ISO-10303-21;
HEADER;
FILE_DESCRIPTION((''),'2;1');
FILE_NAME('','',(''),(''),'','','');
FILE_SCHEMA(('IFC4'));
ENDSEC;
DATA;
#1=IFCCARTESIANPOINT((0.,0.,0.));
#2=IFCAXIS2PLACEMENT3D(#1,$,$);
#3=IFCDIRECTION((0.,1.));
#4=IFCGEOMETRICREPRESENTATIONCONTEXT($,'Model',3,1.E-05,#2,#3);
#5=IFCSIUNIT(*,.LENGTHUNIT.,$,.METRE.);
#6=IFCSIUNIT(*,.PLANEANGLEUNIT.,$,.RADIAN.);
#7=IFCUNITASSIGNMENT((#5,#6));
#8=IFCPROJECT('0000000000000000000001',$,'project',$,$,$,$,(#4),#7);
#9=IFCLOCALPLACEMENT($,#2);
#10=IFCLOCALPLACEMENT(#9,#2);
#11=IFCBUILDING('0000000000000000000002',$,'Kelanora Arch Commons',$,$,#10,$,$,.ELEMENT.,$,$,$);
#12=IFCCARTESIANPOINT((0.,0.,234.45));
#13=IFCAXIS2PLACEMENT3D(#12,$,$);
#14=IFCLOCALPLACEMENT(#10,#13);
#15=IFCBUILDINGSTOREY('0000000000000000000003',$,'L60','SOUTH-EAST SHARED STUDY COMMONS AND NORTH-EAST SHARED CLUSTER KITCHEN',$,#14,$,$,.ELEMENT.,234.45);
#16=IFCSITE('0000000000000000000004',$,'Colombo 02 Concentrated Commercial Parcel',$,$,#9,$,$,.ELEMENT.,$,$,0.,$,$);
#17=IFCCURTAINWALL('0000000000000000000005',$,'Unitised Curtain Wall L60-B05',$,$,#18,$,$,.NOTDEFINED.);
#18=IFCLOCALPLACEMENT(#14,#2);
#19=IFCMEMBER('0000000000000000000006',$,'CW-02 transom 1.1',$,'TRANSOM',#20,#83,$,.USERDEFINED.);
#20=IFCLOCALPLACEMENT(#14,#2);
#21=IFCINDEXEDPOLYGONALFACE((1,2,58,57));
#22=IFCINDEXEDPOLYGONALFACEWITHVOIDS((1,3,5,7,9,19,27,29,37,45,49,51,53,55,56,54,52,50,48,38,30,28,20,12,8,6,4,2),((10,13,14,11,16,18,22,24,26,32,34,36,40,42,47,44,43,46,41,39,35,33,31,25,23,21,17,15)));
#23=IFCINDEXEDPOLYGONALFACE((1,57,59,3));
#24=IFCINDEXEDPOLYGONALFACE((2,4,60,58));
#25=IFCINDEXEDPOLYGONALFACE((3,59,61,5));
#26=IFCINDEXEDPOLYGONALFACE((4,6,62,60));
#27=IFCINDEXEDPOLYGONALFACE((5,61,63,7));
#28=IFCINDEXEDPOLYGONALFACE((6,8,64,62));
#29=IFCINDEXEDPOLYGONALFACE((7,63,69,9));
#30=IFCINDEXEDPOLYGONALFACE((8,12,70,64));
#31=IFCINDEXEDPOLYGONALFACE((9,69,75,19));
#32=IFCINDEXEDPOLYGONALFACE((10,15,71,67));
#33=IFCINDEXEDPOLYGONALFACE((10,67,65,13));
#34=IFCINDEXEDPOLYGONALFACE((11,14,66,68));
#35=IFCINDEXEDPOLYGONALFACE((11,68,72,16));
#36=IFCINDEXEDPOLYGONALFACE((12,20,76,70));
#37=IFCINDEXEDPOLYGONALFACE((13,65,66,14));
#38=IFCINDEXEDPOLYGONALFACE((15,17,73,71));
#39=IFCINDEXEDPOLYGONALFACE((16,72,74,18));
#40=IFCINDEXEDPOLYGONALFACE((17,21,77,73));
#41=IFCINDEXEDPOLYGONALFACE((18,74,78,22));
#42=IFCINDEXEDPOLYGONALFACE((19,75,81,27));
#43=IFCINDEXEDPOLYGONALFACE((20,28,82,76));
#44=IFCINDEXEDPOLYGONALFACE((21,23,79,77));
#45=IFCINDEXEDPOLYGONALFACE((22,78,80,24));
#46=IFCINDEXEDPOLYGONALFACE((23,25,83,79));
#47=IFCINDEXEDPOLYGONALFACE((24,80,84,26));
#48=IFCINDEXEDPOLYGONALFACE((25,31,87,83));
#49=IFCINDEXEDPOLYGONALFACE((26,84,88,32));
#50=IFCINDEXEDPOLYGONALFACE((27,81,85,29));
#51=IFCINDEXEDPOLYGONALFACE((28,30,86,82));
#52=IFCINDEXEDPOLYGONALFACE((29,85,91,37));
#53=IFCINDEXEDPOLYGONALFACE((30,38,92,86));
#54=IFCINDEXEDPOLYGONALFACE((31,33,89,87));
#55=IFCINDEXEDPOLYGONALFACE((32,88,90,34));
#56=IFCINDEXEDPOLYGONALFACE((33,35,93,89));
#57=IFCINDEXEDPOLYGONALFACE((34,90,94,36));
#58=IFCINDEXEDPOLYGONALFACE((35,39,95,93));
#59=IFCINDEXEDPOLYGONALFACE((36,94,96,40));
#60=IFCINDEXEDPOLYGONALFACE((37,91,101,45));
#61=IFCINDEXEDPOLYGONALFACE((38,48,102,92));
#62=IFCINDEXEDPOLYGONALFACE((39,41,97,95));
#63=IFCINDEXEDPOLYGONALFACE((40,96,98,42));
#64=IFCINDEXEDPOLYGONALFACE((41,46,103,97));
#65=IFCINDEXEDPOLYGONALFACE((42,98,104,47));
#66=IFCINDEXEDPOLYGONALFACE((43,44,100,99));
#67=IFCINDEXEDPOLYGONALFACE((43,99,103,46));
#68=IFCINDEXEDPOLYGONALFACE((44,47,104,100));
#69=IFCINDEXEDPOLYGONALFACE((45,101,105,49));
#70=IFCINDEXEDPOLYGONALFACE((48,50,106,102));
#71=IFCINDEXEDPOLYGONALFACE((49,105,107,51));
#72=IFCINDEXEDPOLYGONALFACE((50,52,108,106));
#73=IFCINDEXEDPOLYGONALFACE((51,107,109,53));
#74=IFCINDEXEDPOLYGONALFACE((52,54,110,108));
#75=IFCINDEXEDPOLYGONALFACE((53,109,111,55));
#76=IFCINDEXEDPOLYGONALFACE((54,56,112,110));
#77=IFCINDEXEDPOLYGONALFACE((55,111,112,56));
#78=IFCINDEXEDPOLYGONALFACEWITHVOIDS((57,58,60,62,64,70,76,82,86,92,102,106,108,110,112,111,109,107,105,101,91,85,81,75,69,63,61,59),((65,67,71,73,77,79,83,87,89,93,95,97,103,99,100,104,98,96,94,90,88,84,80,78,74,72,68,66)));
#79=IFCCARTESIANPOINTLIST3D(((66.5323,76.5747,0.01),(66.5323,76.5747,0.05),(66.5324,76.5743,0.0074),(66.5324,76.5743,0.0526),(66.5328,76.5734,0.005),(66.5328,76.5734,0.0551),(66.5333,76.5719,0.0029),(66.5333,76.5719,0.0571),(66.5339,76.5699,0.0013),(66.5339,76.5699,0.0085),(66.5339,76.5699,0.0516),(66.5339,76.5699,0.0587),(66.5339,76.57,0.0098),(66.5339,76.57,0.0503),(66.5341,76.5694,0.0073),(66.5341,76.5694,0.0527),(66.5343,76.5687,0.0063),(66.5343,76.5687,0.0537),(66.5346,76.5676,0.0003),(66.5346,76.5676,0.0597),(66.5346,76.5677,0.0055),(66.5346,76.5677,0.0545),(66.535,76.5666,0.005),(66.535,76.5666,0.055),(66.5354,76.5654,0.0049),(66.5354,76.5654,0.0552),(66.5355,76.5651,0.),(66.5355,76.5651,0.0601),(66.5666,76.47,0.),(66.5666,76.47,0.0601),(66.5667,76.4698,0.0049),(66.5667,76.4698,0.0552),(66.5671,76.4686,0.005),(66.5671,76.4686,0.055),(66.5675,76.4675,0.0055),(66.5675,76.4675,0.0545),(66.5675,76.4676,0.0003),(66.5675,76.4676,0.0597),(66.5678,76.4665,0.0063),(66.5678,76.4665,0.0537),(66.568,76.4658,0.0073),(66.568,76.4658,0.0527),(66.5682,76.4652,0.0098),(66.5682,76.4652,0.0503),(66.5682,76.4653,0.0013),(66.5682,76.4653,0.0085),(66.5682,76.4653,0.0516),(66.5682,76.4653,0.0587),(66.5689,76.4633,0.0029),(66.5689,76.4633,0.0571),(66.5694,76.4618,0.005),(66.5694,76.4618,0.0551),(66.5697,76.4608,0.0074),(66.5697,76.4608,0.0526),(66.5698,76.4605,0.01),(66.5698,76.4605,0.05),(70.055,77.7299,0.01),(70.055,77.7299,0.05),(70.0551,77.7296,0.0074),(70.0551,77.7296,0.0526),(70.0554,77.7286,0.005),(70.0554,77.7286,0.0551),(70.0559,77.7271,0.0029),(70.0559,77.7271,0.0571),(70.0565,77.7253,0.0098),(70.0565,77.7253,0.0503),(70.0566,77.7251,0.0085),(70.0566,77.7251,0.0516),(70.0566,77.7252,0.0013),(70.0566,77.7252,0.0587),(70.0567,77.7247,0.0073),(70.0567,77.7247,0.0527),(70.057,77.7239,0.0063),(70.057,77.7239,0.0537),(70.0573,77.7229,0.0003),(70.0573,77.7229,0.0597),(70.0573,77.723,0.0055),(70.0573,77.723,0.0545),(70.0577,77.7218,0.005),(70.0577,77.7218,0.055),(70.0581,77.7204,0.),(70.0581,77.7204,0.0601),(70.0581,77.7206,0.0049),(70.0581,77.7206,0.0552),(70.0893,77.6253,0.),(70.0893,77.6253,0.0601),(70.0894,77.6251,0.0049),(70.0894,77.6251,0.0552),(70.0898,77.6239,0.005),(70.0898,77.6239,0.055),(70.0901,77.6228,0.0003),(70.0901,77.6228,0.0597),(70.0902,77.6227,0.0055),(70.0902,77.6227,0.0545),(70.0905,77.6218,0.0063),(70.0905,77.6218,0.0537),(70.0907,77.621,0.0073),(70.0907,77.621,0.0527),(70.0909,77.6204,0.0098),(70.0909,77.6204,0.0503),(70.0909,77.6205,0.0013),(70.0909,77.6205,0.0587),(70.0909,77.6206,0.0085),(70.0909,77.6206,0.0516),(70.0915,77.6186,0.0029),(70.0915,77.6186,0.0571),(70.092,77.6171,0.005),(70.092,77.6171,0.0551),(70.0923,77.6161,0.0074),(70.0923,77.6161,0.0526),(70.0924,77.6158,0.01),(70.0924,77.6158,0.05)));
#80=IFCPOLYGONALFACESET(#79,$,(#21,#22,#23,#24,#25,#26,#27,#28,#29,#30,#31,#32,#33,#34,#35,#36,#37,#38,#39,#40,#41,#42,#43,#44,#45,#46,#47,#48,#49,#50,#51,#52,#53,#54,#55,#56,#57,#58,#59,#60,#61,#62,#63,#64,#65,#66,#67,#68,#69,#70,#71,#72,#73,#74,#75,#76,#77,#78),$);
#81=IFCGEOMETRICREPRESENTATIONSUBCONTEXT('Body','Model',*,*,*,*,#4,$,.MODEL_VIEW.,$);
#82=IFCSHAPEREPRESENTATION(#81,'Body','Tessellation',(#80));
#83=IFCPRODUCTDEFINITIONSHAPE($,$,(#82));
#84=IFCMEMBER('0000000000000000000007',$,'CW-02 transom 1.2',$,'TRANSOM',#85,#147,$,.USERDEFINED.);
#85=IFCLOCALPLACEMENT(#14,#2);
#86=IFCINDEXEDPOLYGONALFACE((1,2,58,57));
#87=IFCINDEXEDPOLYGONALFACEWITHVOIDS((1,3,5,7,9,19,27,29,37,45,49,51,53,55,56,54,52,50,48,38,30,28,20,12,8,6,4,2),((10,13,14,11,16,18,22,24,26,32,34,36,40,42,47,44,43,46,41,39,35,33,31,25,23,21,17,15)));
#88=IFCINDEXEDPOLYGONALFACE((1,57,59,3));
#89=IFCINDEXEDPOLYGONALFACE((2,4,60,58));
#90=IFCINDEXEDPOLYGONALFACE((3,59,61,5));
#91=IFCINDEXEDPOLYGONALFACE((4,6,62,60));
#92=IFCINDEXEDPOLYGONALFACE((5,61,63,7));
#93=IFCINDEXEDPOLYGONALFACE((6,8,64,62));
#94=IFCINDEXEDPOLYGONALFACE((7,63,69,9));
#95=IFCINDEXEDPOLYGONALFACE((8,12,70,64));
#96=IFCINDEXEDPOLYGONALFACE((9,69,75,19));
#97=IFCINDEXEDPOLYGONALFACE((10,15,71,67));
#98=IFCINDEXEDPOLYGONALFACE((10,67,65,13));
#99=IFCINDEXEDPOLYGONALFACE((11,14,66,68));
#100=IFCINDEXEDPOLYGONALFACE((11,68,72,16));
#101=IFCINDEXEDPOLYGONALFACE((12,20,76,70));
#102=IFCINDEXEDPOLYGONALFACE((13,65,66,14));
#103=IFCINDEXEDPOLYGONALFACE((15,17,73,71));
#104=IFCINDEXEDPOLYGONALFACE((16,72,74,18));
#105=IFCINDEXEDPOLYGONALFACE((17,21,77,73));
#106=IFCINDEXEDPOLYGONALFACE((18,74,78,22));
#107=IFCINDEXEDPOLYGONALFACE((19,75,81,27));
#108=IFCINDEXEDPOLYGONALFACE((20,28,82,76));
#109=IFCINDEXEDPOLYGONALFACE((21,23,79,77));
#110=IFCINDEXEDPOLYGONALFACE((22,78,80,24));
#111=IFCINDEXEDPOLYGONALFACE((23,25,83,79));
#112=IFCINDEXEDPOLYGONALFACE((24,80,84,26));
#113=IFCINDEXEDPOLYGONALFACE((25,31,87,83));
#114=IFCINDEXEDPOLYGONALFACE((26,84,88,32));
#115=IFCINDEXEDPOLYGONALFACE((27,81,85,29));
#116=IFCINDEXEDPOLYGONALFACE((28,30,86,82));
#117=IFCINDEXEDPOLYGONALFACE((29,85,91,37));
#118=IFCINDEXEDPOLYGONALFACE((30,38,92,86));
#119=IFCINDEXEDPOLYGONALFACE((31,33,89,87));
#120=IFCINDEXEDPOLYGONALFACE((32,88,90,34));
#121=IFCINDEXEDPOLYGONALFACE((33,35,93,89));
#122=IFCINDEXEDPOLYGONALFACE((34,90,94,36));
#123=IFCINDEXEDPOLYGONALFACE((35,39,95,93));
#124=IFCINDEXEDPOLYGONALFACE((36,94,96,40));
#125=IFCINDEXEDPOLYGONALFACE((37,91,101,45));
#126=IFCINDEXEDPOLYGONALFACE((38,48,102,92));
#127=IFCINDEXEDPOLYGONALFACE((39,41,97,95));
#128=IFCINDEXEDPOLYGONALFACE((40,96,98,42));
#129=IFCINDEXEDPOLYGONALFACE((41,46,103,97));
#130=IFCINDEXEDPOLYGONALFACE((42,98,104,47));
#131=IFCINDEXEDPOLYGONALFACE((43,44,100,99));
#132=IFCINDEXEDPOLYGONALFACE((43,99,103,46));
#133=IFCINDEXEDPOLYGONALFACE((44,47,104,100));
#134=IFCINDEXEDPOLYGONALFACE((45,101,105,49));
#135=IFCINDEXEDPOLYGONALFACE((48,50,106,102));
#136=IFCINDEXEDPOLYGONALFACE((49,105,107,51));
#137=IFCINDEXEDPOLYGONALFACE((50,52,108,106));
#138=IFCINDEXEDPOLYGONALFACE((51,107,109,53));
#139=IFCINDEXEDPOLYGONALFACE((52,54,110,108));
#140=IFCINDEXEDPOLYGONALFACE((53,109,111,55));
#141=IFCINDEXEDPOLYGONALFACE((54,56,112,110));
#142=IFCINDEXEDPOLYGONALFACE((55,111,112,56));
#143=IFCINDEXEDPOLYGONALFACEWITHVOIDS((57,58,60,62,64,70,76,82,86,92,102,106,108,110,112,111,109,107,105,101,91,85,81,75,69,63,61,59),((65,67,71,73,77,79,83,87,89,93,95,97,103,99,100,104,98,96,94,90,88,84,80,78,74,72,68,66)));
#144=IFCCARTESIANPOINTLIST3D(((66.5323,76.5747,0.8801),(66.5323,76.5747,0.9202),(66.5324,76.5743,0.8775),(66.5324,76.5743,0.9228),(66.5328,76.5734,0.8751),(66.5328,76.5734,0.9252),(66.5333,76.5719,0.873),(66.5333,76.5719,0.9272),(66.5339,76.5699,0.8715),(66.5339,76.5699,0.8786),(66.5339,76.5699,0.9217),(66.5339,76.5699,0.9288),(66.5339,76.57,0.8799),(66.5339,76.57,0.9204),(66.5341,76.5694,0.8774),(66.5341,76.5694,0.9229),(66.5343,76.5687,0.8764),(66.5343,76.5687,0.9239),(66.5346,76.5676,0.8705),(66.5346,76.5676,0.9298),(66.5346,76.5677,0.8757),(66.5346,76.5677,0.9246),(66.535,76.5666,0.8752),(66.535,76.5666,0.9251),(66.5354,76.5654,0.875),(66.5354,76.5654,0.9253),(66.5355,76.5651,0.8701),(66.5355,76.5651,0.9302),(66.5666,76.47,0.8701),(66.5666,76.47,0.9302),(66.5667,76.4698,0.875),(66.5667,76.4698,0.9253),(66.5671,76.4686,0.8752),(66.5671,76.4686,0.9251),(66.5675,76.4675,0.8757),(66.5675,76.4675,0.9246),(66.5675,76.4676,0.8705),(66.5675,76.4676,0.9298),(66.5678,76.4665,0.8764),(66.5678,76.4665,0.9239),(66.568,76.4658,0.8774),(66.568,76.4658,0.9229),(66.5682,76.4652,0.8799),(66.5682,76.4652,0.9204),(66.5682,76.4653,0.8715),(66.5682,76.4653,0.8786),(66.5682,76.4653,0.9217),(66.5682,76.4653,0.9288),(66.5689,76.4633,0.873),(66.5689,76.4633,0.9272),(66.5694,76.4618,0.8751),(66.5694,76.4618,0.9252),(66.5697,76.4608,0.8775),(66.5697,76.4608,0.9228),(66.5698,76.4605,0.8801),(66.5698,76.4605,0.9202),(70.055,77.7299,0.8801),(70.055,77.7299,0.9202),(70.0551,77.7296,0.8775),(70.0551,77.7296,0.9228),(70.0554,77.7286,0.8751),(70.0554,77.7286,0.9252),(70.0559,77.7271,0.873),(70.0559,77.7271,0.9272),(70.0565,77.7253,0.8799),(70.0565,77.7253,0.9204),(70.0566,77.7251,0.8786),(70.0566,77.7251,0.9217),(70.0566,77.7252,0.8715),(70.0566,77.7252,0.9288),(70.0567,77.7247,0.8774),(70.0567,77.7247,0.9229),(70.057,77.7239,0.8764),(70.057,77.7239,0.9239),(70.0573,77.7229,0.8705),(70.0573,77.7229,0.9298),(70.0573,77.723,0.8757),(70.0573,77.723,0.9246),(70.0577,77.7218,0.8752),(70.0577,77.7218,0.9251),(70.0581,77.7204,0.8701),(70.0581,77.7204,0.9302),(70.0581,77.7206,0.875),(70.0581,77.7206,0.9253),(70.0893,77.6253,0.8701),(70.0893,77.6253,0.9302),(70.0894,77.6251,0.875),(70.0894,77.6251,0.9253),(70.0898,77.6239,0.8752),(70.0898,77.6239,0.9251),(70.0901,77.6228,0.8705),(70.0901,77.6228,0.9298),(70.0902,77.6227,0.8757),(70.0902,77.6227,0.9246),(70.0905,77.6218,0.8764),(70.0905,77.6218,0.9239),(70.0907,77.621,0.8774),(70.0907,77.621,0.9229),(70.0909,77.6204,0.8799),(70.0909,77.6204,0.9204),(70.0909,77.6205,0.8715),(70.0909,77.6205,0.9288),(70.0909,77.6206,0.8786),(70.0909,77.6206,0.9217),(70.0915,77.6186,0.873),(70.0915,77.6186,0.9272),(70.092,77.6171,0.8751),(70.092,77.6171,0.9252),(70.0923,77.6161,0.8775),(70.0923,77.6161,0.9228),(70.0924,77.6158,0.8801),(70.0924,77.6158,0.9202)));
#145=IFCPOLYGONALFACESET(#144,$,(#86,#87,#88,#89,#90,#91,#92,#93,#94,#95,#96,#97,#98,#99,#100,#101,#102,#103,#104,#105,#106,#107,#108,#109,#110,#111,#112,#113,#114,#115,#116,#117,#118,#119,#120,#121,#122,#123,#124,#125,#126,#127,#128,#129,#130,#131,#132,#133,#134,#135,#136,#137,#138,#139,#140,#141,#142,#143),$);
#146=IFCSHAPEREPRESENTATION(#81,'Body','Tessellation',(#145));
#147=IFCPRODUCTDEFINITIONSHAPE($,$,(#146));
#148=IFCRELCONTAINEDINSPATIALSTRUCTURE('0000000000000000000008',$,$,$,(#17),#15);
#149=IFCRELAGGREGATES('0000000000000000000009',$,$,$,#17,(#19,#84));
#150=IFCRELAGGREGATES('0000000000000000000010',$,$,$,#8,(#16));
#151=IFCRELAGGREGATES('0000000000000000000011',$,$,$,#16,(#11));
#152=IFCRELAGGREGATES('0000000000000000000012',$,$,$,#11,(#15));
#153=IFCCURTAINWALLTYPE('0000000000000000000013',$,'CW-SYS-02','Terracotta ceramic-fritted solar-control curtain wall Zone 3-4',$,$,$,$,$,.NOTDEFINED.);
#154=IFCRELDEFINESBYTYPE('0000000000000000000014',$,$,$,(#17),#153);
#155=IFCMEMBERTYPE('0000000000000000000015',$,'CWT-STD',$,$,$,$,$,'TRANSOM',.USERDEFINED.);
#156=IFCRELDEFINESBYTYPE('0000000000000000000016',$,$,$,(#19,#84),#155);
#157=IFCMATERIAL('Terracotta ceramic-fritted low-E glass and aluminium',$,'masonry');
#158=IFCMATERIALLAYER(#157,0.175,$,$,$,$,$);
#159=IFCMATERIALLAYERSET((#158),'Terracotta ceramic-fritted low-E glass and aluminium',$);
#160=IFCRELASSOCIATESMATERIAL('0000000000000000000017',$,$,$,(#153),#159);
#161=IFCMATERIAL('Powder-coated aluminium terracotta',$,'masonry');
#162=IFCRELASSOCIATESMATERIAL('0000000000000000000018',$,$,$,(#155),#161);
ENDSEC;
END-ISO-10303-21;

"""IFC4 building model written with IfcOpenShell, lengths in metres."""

from ifc_helpers import new_model, si_unit, direction, frame, origin, origin_2d, place, context, subcontext, project, spatial, hollow_rectangle, extrude, material, layer, layer_set, material_profile, profile_set, type_object, element, aggregate, save


model = new_model("IFC4")

# Units and contexts
model_context = context("Model", 3, precision=1e-05, world=origin(), true_north=direction((0.0, 1.0)))
body_context = subcontext(model_context, "Body", "Model", "MODEL_VIEW")
ifc_project = project(units=[si_unit("LENGTHUNIT", "METRE"), si_unit("PLANEANGLEUNIT", "RADIAN")], contexts=[model_context])

# Site, building, storey
site_placement = place(None, origin())
site = spatial("IfcSite", under=ifc_project, at=site_placement, Name="Colombo 02 Concentrated Commercial Parcel", CompositionType="ELEMENT", RefElevation=0.0)
building_placement = place(site_placement, origin())
building = spatial("IfcBuilding", under=site, at=building_placement, Name="Kelanora Arch Commons", CompositionType="ELEMENT")
storey_placement = place(building_placement, frame((0.0, 0.0, 234.45)))
storey = spatial("IfcBuildingStorey", under=building, at=storey_placement, Name="L60", Description="SOUTH-EAST SHARED STUDY COMMONS AND NORTH-EAST SHARED CLUSTER KITCHEN", CompositionType="ELEMENT", Elevation=234.45)

# Curtain wall, members
ifc_material_1 = material(Name="Terracotta ceramic-fritted low-E glass and aluminium", Category="masonry")
ifc_layer_1 = layer(ifc_material_1, 0.175)
ifc_layer_set_1 = layer_set([ifc_layer_1], Name="Terracotta ceramic-fritted low-E glass and aluminium")
curtain_wall_type = type_object("IfcCurtainWallType", Name="CW-SYS-02", Description="Terracotta ceramic-fritted solar-control curtain wall Zone 3-4", PredefinedType="NOTDEFINED", material=ifc_layer_set_1)
curtain_wall_placement = place(storey_placement, origin())
curtain_wall = element("IfcCurtainWall", 1, at=curtain_wall_placement, inside=storey, type_object=curtain_wall_type, Name="Unitised Curtain Wall L60-B05", PredefinedType="NOTDEFINED")
ifc_material_2 = material(Name="Powder-coated aluminium terracotta", Category="masonry")
ifc_material_profile_1 = material_profile(ifc_material_2, hollow_rectangle(XDim=0.1201, YDim=0.0601, WallThickness=0.0049, InnerFilletRadius=0.0049, OuterFilletRadius=0.01, at=origin_2d()), Name="CWT120x60")
ifc_profile_set_1 = profile_set([ifc_material_profile_1], Name="Powder-coated aluminium terracotta")
member_type_1 = type_object("IfcMemberType", Name="CWT-STD", ElementType="TRANSOM", PredefinedType="USERDEFINED", material=ifc_profile_set_1)
member_1_placement = place(storey_placement, frame((70.0737, 77.6729, 0.03), z_axis=(-0.950207, -0.311621, 0.0), x_axis=(0.311621, -0.950207, 0.0)))
member_1 = element("IfcMember", 2, at=member_1_placement, type_object=member_type_1, Name="CW-02 transom 1.1", ObjectType="TRANSOM", PredefinedType="USERDEFINED", context=body_context, shape_type="SweptSolid", body=[
    extrude(hollow_rectangle(XDim=0.1201, YDim=0.0601, WallThickness=0.0049, InnerFilletRadius=0.0049, OuterFilletRadius=0.01, at=origin_2d()), origin(), (0.0, 0.0, 1.0), 3.7073),
])
member_2_placement = place(storey_placement, frame((70.0737, 77.6729, 0.9001), z_axis=(-0.950207, -0.311621, 0.0), x_axis=(0.311621, -0.950207, 0.0)))
member_2 = element("IfcMember", 3, at=member_2_placement, type_object=member_type_1, Name="CW-02 transom 1.2", ObjectType="TRANSOM", PredefinedType="USERDEFINED", context=body_context, shape_type="SweptSolid", body=[
    extrude(hollow_rectangle(XDim=0.1201, YDim=0.0601, WallThickness=0.0049, InnerFilletRadius=0.0049, OuterFilletRadius=0.01, at=origin_2d()), origin(), (0.0, 0.0, 1.0), 3.7073),
])
aggregate(curtain_wall, [member_1, member_2])

save(model, "model.ifc")
